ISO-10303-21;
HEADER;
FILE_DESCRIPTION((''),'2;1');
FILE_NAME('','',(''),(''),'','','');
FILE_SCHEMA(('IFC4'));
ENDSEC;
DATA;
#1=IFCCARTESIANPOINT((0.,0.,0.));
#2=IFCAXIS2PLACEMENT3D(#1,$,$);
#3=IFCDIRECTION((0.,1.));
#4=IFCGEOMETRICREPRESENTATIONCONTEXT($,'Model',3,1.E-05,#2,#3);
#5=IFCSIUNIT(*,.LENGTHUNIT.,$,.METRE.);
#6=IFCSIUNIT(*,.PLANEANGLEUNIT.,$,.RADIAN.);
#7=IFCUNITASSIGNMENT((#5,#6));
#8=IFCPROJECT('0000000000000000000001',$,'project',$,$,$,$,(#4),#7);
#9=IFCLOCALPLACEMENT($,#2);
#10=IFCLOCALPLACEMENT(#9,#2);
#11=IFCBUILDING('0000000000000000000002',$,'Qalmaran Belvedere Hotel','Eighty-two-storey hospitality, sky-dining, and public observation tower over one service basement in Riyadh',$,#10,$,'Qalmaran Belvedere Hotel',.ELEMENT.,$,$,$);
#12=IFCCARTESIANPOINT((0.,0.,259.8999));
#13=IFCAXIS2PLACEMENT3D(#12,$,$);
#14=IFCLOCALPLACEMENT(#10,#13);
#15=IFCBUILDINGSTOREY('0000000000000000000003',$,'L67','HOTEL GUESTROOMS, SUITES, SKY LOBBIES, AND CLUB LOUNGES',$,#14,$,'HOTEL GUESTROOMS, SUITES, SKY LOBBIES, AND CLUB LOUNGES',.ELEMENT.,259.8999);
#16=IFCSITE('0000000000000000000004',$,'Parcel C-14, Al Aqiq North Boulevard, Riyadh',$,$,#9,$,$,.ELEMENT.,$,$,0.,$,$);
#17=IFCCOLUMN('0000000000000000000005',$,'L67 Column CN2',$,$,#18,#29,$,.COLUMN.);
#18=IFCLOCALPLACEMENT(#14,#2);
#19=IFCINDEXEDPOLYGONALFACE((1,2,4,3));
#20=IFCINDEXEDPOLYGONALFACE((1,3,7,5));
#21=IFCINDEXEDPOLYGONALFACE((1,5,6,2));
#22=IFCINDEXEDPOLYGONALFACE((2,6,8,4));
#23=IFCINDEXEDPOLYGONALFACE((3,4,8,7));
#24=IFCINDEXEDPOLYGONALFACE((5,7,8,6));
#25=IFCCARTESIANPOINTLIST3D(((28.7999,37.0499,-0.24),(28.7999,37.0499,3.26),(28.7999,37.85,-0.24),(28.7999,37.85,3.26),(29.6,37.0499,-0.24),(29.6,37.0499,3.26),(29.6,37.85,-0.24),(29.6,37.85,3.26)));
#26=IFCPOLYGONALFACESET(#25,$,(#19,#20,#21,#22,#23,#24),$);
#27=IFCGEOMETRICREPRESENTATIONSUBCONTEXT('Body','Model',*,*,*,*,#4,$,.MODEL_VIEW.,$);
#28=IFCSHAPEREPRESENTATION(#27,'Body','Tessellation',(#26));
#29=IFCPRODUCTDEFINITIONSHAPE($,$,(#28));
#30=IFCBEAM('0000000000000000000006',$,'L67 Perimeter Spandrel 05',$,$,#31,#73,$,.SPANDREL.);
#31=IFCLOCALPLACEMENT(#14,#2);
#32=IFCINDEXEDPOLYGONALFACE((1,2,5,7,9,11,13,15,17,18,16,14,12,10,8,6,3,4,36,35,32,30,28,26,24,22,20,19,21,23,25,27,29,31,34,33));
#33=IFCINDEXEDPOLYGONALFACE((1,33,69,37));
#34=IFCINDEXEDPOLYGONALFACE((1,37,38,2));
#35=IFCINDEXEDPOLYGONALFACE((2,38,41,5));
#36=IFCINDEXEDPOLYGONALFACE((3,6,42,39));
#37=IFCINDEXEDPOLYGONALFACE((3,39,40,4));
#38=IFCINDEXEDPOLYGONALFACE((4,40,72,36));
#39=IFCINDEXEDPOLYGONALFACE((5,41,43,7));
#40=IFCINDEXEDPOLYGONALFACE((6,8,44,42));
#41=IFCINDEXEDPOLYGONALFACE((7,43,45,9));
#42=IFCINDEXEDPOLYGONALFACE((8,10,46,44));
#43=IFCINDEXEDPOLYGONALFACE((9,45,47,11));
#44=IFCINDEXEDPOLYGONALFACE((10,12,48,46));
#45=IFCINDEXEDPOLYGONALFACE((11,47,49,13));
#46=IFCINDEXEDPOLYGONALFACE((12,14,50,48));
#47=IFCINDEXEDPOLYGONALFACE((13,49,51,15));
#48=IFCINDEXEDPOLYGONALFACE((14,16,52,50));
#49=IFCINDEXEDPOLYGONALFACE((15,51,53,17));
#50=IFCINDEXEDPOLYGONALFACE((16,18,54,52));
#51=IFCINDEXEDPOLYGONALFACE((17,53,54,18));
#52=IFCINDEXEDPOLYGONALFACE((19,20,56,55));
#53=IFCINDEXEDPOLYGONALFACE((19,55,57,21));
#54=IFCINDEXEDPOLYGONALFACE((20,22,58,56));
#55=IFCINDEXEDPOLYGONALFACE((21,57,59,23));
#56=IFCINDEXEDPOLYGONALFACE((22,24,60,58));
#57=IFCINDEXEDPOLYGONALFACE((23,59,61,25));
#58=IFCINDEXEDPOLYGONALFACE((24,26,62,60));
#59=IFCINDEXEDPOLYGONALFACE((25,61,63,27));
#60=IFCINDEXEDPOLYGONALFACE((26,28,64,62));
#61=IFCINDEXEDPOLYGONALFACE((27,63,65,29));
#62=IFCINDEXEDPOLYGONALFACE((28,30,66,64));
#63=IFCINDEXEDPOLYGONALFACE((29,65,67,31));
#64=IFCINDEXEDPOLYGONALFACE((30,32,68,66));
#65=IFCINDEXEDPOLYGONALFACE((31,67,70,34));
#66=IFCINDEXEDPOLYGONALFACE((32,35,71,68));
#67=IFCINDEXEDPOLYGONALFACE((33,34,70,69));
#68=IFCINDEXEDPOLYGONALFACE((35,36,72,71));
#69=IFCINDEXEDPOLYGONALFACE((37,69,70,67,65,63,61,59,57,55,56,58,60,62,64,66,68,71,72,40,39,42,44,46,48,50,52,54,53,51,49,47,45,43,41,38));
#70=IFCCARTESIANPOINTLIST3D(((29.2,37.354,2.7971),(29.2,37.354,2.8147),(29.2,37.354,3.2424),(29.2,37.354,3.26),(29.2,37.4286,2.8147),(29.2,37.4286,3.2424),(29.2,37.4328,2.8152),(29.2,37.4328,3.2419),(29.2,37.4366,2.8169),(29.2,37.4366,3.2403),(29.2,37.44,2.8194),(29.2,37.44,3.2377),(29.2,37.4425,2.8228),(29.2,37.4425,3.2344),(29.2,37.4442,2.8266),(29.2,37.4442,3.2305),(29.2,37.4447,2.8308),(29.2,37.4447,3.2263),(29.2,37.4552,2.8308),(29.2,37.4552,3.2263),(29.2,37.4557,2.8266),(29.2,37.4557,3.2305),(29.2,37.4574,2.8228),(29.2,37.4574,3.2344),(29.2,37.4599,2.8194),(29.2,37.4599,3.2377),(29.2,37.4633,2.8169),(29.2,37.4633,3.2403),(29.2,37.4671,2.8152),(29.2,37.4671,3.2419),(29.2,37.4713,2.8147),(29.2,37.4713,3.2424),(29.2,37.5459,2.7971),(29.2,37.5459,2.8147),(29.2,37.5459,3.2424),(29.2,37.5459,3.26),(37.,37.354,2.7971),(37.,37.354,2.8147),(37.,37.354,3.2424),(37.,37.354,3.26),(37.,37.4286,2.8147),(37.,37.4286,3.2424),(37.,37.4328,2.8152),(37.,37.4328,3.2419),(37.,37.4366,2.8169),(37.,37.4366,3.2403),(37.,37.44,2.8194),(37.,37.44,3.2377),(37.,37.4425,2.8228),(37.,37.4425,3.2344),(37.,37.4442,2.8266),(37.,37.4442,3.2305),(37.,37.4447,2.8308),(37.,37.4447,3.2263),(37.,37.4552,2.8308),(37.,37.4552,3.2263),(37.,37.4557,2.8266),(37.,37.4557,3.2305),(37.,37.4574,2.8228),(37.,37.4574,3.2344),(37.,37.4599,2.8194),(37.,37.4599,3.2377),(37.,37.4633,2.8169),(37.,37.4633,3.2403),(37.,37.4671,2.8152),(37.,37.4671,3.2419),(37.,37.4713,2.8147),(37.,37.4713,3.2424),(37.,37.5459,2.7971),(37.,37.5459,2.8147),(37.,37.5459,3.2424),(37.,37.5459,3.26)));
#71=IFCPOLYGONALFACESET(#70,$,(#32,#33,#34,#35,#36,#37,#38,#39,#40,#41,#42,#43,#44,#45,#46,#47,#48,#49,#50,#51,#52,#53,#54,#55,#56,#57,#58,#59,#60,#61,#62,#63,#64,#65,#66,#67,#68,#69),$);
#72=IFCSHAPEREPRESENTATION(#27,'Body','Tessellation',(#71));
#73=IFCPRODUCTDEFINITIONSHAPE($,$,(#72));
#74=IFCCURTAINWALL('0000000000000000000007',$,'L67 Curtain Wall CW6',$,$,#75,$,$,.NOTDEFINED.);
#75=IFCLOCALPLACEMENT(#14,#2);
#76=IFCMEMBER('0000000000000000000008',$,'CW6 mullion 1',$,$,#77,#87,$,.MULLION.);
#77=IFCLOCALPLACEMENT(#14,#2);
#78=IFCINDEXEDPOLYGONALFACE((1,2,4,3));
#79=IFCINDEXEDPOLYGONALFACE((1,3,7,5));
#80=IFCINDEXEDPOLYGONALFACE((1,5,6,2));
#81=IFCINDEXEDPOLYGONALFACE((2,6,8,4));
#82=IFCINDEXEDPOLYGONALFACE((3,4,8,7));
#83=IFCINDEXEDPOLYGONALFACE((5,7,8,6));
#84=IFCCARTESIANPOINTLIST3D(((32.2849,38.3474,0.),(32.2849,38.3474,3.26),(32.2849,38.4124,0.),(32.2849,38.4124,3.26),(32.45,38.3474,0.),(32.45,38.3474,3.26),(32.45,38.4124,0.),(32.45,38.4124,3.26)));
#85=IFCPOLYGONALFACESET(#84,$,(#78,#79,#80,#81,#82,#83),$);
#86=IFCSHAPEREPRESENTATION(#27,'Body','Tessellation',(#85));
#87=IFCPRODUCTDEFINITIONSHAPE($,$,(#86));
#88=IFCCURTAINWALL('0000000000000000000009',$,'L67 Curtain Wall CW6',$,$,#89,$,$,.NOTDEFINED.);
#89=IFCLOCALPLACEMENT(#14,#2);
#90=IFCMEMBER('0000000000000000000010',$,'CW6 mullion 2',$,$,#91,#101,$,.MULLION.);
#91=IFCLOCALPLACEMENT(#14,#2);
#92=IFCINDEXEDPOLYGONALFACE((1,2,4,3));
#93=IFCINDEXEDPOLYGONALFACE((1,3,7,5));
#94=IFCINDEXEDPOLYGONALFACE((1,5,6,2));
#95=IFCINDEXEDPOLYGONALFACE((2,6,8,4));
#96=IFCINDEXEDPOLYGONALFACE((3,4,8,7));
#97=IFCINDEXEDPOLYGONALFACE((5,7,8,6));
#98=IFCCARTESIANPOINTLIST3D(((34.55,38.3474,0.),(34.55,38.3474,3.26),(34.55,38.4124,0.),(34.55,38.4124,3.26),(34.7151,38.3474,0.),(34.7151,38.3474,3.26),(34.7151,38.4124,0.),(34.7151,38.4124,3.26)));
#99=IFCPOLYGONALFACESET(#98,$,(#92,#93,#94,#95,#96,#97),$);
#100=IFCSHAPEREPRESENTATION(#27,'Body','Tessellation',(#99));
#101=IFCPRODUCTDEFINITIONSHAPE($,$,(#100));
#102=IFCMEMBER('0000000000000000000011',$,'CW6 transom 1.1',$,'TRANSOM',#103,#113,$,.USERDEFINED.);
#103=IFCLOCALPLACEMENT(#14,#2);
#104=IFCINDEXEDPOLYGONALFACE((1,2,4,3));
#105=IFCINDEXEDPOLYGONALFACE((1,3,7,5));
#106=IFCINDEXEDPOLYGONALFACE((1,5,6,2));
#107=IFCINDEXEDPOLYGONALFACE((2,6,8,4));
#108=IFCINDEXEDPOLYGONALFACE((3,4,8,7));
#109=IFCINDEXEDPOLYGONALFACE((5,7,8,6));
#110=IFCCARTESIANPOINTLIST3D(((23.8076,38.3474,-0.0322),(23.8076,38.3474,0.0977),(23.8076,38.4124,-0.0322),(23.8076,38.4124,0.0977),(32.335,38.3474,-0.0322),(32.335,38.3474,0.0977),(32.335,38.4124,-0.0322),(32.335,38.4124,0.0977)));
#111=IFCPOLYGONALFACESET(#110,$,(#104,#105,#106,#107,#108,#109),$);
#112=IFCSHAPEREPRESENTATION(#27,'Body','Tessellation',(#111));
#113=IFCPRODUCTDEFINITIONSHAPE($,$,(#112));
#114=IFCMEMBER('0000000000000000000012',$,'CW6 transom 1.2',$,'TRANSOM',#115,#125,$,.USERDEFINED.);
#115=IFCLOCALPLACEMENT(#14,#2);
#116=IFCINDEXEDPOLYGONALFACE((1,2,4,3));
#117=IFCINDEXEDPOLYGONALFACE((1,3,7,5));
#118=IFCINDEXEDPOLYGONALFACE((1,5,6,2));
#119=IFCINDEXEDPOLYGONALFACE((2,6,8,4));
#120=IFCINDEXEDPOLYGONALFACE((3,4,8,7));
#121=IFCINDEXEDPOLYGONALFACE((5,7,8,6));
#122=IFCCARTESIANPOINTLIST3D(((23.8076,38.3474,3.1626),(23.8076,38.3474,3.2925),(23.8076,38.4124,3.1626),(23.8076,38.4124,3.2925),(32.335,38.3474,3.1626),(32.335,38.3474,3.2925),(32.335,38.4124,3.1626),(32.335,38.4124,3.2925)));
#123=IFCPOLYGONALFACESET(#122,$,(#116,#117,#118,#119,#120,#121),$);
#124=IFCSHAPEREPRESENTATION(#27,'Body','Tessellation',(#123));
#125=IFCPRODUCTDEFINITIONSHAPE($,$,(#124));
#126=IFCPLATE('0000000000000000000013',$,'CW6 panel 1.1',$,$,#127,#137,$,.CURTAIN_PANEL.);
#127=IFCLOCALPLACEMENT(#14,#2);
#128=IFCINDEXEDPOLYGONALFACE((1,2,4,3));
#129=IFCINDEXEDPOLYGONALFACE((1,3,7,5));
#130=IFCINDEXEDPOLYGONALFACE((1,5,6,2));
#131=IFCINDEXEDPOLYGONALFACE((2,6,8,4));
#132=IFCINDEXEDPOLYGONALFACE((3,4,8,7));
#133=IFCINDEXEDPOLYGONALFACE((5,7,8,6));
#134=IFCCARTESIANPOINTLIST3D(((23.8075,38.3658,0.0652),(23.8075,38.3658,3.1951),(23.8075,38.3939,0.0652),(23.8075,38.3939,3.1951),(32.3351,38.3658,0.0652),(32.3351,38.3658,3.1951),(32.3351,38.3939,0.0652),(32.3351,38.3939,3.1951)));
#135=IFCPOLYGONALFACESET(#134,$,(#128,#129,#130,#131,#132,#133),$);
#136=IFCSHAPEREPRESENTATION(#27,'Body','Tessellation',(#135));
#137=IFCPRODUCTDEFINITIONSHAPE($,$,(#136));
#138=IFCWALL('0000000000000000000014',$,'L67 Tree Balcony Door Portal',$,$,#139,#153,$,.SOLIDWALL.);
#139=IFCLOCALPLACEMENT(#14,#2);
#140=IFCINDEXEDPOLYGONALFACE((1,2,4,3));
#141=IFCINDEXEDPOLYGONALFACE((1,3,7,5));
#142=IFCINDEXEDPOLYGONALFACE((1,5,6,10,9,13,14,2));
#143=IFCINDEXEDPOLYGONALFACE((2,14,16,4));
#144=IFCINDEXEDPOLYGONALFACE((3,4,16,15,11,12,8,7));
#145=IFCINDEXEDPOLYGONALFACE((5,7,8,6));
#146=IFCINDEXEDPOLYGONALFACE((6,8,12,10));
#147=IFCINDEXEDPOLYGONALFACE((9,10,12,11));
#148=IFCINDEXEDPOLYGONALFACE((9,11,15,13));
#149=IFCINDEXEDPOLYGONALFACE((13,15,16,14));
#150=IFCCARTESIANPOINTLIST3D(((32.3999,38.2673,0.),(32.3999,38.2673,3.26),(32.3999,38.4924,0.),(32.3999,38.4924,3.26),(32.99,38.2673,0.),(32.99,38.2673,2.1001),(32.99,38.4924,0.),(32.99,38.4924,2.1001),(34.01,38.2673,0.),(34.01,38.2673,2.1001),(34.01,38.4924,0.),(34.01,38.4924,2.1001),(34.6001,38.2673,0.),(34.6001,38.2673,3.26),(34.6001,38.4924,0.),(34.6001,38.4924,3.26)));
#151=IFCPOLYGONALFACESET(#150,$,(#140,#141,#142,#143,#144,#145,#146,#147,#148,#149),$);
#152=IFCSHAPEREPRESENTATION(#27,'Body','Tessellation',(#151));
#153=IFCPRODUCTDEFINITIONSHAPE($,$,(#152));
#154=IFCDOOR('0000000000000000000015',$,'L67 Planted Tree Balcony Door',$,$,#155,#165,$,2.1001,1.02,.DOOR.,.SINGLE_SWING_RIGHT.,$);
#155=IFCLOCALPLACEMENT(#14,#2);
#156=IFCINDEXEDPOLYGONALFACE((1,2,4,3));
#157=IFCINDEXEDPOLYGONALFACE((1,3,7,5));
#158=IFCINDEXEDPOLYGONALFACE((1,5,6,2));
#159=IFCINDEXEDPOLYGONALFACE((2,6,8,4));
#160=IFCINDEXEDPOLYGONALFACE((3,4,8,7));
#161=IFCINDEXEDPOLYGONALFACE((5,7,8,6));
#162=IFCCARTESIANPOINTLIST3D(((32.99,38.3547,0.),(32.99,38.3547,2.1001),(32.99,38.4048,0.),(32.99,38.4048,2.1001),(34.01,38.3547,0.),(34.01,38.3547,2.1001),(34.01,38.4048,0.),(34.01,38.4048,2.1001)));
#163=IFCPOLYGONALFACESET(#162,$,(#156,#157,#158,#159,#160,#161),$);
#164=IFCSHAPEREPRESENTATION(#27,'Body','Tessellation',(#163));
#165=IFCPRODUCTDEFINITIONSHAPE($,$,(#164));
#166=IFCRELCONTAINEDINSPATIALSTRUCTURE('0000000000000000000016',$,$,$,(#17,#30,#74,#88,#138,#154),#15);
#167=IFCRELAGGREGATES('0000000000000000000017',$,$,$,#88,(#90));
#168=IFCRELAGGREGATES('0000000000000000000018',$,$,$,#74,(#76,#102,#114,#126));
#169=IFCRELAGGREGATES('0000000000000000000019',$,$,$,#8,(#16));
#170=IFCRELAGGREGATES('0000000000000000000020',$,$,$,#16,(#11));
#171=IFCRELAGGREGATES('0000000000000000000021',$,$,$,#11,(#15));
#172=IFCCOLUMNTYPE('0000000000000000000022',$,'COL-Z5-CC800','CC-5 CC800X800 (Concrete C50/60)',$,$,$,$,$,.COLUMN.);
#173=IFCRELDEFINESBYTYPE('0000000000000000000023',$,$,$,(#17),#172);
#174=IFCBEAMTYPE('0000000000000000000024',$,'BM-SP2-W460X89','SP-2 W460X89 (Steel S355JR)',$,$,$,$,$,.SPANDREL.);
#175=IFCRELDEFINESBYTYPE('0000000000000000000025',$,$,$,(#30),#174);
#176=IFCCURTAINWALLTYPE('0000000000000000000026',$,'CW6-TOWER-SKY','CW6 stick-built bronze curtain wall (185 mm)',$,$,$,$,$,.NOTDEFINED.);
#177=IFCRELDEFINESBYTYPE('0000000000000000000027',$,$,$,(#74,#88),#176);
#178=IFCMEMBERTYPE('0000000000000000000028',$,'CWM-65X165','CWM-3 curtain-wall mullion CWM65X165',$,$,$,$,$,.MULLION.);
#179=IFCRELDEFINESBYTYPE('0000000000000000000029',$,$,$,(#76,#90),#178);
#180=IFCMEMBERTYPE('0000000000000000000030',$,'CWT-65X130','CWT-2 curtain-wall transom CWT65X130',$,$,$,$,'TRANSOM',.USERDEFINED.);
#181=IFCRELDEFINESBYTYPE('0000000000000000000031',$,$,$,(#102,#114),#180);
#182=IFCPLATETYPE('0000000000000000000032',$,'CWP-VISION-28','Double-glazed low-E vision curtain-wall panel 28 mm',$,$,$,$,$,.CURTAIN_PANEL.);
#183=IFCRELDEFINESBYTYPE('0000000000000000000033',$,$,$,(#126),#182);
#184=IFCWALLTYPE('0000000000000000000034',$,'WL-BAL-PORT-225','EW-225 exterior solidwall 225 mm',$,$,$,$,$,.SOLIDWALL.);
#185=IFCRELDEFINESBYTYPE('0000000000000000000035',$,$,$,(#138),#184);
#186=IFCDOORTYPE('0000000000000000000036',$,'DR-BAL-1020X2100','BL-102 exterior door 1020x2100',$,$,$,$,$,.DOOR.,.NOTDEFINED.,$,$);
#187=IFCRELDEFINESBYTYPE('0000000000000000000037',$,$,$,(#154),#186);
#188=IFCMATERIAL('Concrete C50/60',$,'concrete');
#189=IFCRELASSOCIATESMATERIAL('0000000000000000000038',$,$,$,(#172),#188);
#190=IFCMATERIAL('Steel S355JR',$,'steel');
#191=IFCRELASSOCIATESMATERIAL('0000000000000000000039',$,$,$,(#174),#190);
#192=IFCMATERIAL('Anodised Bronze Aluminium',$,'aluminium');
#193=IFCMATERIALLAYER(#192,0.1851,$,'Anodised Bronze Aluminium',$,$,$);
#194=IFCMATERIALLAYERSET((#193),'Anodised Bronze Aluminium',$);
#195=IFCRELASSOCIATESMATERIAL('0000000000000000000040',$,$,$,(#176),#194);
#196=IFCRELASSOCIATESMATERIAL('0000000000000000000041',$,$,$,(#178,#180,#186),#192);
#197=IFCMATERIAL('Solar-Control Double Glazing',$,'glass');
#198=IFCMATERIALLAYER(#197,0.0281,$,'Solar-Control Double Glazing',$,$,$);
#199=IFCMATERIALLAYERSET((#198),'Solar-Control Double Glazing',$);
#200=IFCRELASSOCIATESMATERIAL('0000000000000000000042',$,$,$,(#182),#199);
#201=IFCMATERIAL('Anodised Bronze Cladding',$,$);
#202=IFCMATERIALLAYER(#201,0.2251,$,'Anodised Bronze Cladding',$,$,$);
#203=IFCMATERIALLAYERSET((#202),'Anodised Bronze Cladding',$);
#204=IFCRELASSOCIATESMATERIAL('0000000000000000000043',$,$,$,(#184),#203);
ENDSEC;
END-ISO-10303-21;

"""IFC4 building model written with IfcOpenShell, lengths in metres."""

from ifc_helpers import new_model, si_unit, direction, frame, frame_2d, origin, origin_2d, place, context, subcontext, project, spatial, rectangle, i_section, extrude, material, layer, layer_set, material_profile, profile_set, type_object, element, fill, aggregate, save


model = new_model("IFC4")

# Units and contexts
model_context = context("Model", 3, precision=1e-05, world=origin(), true_north=direction((0.0, 1.0)))
body_context = subcontext(model_context, "Body", "Model", "MODEL_VIEW")
ifc_project = project(units=[si_unit("LENGTHUNIT", "METRE"), si_unit("PLANEANGLEUNIT", "RADIAN")], contexts=[model_context])

# Site, building, storey
site_placement = place(None, origin())
site = spatial("IfcSite", under=ifc_project, at=site_placement, Name="Parcel C-14, Al Aqiq North Boulevard, Riyadh", CompositionType="ELEMENT", RefElevation=0.0)
building_placement = place(site_placement, origin())
building = spatial("IfcBuilding", under=site, at=building_placement, Name="Qalmaran Belvedere Hotel", Description="Eighty-two-storey hospitality, sky-dining, and public observation tower over one service basement in Riyadh", LongName="Qalmaran Belvedere Hotel", CompositionType="ELEMENT")
storey_placement = place(building_placement, frame((0.0, 0.0, 259.8999)))
storey = spatial("IfcBuildingStorey", under=building, at=storey_placement, Name="L67", Description="HOTEL GUESTROOMS, SUITES, SKY LOBBIES, AND CLUB LOUNGES", LongName="HOTEL GUESTROOMS, SUITES, SKY LOBBIES, AND CLUB LOUNGES", CompositionType="ELEMENT", Elevation=259.8999)

# Column
ifc_material_1 = material(Name="Concrete C50/60", Category="concrete")
ifc_material_profile_1 = material_profile(ifc_material_1, rectangle(XDim=0.8, YDim=0.8, at=origin_2d()), Name="CC800X800")
ifc_profile_set_1 = profile_set([ifc_material_profile_1], Name="Concrete C50/60")
column_type = type_object("IfcColumnType", Name="COL-Z5-CC800", Description="CC-5 CC800X800 (Concrete C50/60)", PredefinedType="COLUMN", material=ifc_profile_set_1)
column_placement = place(storey_placement, frame((29.2, 37.45, -0.24), z_axis=(0.0, 0.0, 1.0), x_axis=(1.0, 0.0, 0.0)))
element("IfcColumn", 1, at=column_placement, inside=storey, type_object=column_type, Name="L67 Column CN2", PredefinedType="COLUMN", context=body_context, shape_type="SweptSolid", body=[
    extrude(rectangle(XDim=0.8, YDim=0.8, at=origin_2d()), origin(), (0.0, 0.0, 1.0), 3.5),
])

# Beam
ifc_material_2 = material(Name="Steel S355JR", Category="steel")
ifc_material_profile_2 = material_profile(ifc_material_2, i_section(OverallWidth=0.1919, OverallDepth=0.4629, WebThickness=0.0105, FlangeThickness=0.0176, FilletRadius=0.0161, at=origin_2d()), Name="W460X89")
ifc_profile_set_2 = profile_set([ifc_material_profile_2], Name="Steel S355JR")
beam_type = type_object("IfcBeamType", Name="BM-SP2-W460X89", Description="SP-2 W460X89 (Steel S355JR)", PredefinedType="SPANDREL", material=ifc_profile_set_2)
beam_placement = place(storey_placement, frame((29.2, 37.45, 3.0286), z_axis=(1.0, 0.0, 0.0), x_axis=(0.0, 1.0, 0.0)))
element("IfcBeam", 2, at=beam_placement, inside=storey, type_object=beam_type, Name="L67 Perimeter Spandrel 05", PredefinedType="SPANDREL", context=body_context, shape_type="SweptSolid", body=[
    extrude(i_section(OverallWidth=0.1919, OverallDepth=0.4629, WebThickness=0.0105, FlangeThickness=0.0176, FilletRadius=0.0161, at=origin_2d()), origin(), (0.0, 0.0, 1.0), 7.8),
])

# Curtain walls, members
ifc_material_3 = material(Name="Anodised Bronze Aluminium", Category="aluminium")
ifc_layer_1 = layer(ifc_material_3, 0.1851, Name="Anodised Bronze Aluminium")
ifc_layer_set_1 = layer_set([ifc_layer_1], Name="Anodised Bronze Aluminium")
curtain_wall_type = type_object("IfcCurtainWallType", Name="CW6-TOWER-SKY", Description="CW6 stick-built bronze curtain wall (185 mm)", PredefinedType="NOTDEFINED", material=ifc_layer_set_1)
curtain_wall_1_placement = place(storey_placement, origin())
curtain_wall_1 = element("IfcCurtainWall", 3, at=curtain_wall_1_placement, inside=storey, type_object=curtain_wall_type, Name="L67 Curtain Wall CW6", PredefinedType="NOTDEFINED")
ifc_material_profile_3 = material_profile(ifc_material_3, rectangle(XDim=0.0649, YDim=0.165, at=origin_2d()), Name="CWM65X165")
ifc_profile_set_3 = profile_set([ifc_material_profile_3], Name="Anodised Bronze Aluminium")
member_type_1 = type_object("IfcMemberType", Name="CWM-65X165", Description="CWM-3 curtain-wall mullion CWM65X165", PredefinedType="MULLION", material=ifc_profile_set_3)
member_1_placement = place(storey_placement, frame((32.3674, 38.3799, 0.0), z_axis=(0.0, 0.0, 1.0), x_axis=(0.0, -1.0, 0.0)))
member_1 = element("IfcMember", 4, at=member_1_placement, type_object=member_type_1, Name="CW6 mullion 1", PredefinedType="MULLION", context=body_context, shape_type="SweptSolid", body=[
    extrude(rectangle(XDim=0.0649, YDim=0.165, at=origin_2d()), origin(), (0.0, 0.0, 1.0), 3.26),
])
curtain_wall_2_placement = place(storey_placement, origin())
curtain_wall_2 = element("IfcCurtainWall", 5, at=curtain_wall_2_placement, inside=storey, type_object=curtain_wall_type, Name="L67 Curtain Wall CW6", PredefinedType="NOTDEFINED")
member_2_placement = place(storey_placement, frame((34.6326, 38.3799, 0.0), z_axis=(0.0, 0.0, 1.0), x_axis=(0.0, -1.0, 0.0)))
member_2 = element("IfcMember", 6, at=member_2_placement, type_object=member_type_1, Name="CW6 mullion 2", PredefinedType="MULLION", context=body_context, shape_type="SweptSolid", body=[
    extrude(rectangle(XDim=0.0649, YDim=0.165, at=origin_2d()), origin(), (0.0, 0.0, 1.0), 3.26),
])
aggregate(curtain_wall_2, [member_2])

# Members
ifc_material_profile_4 = material_profile(ifc_material_3, rectangle(XDim=0.0649, YDim=0.1299, at=origin_2d()), Name="CWT65X130")
ifc_profile_set_4 = profile_set([ifc_material_profile_4], Name="Anodised Bronze Aluminium")
member_type_2 = type_object("IfcMemberType", Name="CWT-65X130", Description="CWT-2 curtain-wall transom CWT65X130", ElementType="TRANSOM", PredefinedType="USERDEFINED", material=ifc_profile_set_4)
member_3_placement = place(storey_placement, frame((32.335, 38.3799, 0.0327), z_axis=(-1.0, 0.0, 0.0), x_axis=(0.0, -1.0, 0.0)))
member_3 = element("IfcMember", 7, at=member_3_placement, type_object=member_type_2, Name="CW6 transom 1.1", ObjectType="TRANSOM", PredefinedType="USERDEFINED", context=body_context, shape_type="SweptSolid", body=[
    extrude(rectangle(XDim=0.0649, YDim=0.1299, at=origin_2d()), origin(), (0.0, 0.0, 1.0), 8.5273),
])
member_4_placement = place(storey_placement, frame((32.335, 38.3799, 3.2275), z_axis=(-1.0, 0.0, 0.0), x_axis=(0.0, -1.0, 0.0)))
member_4 = element("IfcMember", 8, at=member_4_placement, type_object=member_type_2, Name="CW6 transom 1.2", ObjectType="TRANSOM", PredefinedType="USERDEFINED", context=body_context, shape_type="SweptSolid", body=[
    extrude(rectangle(XDim=0.0649, YDim=0.1299, at=origin_2d()), origin(), (0.0, 0.0, 1.0), 8.5273),
])

# Plate
ifc_material_4 = material(Name="Solar-Control Double Glazing", Category="glass")
ifc_layer_2 = layer(ifc_material_4, 0.0281, Name="Solar-Control Double Glazing")
ifc_layer_set_2 = layer_set([ifc_layer_2], Name="Solar-Control Double Glazing")
plate_type = type_object("IfcPlateType", Name="CWP-VISION-28", Description="Double-glazed low-E vision curtain-wall panel 28 mm", PredefinedType="CURTAIN_PANEL", material=ifc_layer_set_2)
plate_placement = place(storey_placement, frame((28.0713, 38.3799, 0.0652), z_axis=(0.0, 0.0, 1.0), x_axis=(-1.0, 0.0, 0.0)))
plate = element("IfcPlate", 9, at=plate_placement, type_object=plate_type, Name="CW6 panel 1.1", PredefinedType="CURTAIN_PANEL", context=body_context, shape_type="SweptSolid", body=[
    extrude(rectangle(XDim=8.5276, YDim=0.0281, at=origin_2d()), origin(), (0.0, 0.0, 1.0), 3.1299),
])
aggregate(curtain_wall_1, [member_1, member_3, member_4, plate])

# Wall, opening, door
ifc_material_5 = material(Name="Anodised Bronze Cladding")
ifc_layer_3 = layer(ifc_material_5, 0.2251, Name="Anodised Bronze Cladding")
ifc_layer_set_3 = layer_set([ifc_layer_3], Name="Anodised Bronze Cladding")
wall_type_1 = type_object("IfcWallType", Name="WL-BAL-PORT-225", Description="EW-225 exterior solidwall 225 mm", PredefinedType="SOLIDWALL", material=ifc_layer_set_3)
wall_1_placement = place(storey_placement, frame((32.3999, 38.3799, 0.0), z_axis=(0.0, 0.0, 1.0), x_axis=(1.0, 0.0, 0.0)))
wall_1 = element("IfcWall", 10, at=wall_1_placement, inside=storey, type_object=wall_type_1, Name="L67 Tree Balcony Door Portal", PredefinedType="SOLIDWALL", context=body_context, shape_type="SweptSolid", body=[
    extrude(rectangle(XDim=2.2002, YDim=0.2251, at=frame_2d((1.1001, 0.0))), origin(), (0.0, 0.0, 1.0), 3.26),
])
opening_1_placement = place(wall_1_placement, frame((0.5901, 0.0, 0.0)))
opening_1 = element("IfcOpeningElement", 11, at=opening_1_placement, cuts=wall_1, PredefinedType="OPENING", context=body_context, shape_type="SweptSolid", body=[
    extrude(rectangle(XDim=1.02, YDim=2.1001, at=frame_2d((0.51, 1.05))), frame((0.0, 0.1226, 0.0), z_axis=(0.0, -1.0, 0.0), x_axis=(1.0, 0.0, 0.0)), (0.0, 0.0, 1.0), 0.2451),
])
door_type_1 = type_object("IfcDoorType", Name="DR-BAL-1020X2100", Description="BL-102 exterior door 1020x2100", OperationType="NOTDEFINED", PredefinedType="DOOR", material=ifc_material_3)
door_1_placement = place(opening_1_placement, origin())
door_1 = element("IfcDoor", 12, at=door_1_placement, inside=storey, type_object=door_type_1, Name="L67 Planted Tree Balcony Door", OperationType="SINGLE_SWING_RIGHT", OverallHeight=2.1001, OverallWidth=1.02, PredefinedType="DOOR", context=body_context, shape_type="SweptSolid", body=[
    extrude(rectangle(XDim=1.02, YDim=2.1001, at=frame_2d((0.51, 1.05))), frame((0.0, 0.0249, 0.0), z_axis=(0.0, -1.0, 0.0), x_axis=(1.0, 0.0, 0.0)), (0.0, 0.0, 1.0), 0.05),
])
fill(opening_1, door_1)

save(model, "model.ifc")
